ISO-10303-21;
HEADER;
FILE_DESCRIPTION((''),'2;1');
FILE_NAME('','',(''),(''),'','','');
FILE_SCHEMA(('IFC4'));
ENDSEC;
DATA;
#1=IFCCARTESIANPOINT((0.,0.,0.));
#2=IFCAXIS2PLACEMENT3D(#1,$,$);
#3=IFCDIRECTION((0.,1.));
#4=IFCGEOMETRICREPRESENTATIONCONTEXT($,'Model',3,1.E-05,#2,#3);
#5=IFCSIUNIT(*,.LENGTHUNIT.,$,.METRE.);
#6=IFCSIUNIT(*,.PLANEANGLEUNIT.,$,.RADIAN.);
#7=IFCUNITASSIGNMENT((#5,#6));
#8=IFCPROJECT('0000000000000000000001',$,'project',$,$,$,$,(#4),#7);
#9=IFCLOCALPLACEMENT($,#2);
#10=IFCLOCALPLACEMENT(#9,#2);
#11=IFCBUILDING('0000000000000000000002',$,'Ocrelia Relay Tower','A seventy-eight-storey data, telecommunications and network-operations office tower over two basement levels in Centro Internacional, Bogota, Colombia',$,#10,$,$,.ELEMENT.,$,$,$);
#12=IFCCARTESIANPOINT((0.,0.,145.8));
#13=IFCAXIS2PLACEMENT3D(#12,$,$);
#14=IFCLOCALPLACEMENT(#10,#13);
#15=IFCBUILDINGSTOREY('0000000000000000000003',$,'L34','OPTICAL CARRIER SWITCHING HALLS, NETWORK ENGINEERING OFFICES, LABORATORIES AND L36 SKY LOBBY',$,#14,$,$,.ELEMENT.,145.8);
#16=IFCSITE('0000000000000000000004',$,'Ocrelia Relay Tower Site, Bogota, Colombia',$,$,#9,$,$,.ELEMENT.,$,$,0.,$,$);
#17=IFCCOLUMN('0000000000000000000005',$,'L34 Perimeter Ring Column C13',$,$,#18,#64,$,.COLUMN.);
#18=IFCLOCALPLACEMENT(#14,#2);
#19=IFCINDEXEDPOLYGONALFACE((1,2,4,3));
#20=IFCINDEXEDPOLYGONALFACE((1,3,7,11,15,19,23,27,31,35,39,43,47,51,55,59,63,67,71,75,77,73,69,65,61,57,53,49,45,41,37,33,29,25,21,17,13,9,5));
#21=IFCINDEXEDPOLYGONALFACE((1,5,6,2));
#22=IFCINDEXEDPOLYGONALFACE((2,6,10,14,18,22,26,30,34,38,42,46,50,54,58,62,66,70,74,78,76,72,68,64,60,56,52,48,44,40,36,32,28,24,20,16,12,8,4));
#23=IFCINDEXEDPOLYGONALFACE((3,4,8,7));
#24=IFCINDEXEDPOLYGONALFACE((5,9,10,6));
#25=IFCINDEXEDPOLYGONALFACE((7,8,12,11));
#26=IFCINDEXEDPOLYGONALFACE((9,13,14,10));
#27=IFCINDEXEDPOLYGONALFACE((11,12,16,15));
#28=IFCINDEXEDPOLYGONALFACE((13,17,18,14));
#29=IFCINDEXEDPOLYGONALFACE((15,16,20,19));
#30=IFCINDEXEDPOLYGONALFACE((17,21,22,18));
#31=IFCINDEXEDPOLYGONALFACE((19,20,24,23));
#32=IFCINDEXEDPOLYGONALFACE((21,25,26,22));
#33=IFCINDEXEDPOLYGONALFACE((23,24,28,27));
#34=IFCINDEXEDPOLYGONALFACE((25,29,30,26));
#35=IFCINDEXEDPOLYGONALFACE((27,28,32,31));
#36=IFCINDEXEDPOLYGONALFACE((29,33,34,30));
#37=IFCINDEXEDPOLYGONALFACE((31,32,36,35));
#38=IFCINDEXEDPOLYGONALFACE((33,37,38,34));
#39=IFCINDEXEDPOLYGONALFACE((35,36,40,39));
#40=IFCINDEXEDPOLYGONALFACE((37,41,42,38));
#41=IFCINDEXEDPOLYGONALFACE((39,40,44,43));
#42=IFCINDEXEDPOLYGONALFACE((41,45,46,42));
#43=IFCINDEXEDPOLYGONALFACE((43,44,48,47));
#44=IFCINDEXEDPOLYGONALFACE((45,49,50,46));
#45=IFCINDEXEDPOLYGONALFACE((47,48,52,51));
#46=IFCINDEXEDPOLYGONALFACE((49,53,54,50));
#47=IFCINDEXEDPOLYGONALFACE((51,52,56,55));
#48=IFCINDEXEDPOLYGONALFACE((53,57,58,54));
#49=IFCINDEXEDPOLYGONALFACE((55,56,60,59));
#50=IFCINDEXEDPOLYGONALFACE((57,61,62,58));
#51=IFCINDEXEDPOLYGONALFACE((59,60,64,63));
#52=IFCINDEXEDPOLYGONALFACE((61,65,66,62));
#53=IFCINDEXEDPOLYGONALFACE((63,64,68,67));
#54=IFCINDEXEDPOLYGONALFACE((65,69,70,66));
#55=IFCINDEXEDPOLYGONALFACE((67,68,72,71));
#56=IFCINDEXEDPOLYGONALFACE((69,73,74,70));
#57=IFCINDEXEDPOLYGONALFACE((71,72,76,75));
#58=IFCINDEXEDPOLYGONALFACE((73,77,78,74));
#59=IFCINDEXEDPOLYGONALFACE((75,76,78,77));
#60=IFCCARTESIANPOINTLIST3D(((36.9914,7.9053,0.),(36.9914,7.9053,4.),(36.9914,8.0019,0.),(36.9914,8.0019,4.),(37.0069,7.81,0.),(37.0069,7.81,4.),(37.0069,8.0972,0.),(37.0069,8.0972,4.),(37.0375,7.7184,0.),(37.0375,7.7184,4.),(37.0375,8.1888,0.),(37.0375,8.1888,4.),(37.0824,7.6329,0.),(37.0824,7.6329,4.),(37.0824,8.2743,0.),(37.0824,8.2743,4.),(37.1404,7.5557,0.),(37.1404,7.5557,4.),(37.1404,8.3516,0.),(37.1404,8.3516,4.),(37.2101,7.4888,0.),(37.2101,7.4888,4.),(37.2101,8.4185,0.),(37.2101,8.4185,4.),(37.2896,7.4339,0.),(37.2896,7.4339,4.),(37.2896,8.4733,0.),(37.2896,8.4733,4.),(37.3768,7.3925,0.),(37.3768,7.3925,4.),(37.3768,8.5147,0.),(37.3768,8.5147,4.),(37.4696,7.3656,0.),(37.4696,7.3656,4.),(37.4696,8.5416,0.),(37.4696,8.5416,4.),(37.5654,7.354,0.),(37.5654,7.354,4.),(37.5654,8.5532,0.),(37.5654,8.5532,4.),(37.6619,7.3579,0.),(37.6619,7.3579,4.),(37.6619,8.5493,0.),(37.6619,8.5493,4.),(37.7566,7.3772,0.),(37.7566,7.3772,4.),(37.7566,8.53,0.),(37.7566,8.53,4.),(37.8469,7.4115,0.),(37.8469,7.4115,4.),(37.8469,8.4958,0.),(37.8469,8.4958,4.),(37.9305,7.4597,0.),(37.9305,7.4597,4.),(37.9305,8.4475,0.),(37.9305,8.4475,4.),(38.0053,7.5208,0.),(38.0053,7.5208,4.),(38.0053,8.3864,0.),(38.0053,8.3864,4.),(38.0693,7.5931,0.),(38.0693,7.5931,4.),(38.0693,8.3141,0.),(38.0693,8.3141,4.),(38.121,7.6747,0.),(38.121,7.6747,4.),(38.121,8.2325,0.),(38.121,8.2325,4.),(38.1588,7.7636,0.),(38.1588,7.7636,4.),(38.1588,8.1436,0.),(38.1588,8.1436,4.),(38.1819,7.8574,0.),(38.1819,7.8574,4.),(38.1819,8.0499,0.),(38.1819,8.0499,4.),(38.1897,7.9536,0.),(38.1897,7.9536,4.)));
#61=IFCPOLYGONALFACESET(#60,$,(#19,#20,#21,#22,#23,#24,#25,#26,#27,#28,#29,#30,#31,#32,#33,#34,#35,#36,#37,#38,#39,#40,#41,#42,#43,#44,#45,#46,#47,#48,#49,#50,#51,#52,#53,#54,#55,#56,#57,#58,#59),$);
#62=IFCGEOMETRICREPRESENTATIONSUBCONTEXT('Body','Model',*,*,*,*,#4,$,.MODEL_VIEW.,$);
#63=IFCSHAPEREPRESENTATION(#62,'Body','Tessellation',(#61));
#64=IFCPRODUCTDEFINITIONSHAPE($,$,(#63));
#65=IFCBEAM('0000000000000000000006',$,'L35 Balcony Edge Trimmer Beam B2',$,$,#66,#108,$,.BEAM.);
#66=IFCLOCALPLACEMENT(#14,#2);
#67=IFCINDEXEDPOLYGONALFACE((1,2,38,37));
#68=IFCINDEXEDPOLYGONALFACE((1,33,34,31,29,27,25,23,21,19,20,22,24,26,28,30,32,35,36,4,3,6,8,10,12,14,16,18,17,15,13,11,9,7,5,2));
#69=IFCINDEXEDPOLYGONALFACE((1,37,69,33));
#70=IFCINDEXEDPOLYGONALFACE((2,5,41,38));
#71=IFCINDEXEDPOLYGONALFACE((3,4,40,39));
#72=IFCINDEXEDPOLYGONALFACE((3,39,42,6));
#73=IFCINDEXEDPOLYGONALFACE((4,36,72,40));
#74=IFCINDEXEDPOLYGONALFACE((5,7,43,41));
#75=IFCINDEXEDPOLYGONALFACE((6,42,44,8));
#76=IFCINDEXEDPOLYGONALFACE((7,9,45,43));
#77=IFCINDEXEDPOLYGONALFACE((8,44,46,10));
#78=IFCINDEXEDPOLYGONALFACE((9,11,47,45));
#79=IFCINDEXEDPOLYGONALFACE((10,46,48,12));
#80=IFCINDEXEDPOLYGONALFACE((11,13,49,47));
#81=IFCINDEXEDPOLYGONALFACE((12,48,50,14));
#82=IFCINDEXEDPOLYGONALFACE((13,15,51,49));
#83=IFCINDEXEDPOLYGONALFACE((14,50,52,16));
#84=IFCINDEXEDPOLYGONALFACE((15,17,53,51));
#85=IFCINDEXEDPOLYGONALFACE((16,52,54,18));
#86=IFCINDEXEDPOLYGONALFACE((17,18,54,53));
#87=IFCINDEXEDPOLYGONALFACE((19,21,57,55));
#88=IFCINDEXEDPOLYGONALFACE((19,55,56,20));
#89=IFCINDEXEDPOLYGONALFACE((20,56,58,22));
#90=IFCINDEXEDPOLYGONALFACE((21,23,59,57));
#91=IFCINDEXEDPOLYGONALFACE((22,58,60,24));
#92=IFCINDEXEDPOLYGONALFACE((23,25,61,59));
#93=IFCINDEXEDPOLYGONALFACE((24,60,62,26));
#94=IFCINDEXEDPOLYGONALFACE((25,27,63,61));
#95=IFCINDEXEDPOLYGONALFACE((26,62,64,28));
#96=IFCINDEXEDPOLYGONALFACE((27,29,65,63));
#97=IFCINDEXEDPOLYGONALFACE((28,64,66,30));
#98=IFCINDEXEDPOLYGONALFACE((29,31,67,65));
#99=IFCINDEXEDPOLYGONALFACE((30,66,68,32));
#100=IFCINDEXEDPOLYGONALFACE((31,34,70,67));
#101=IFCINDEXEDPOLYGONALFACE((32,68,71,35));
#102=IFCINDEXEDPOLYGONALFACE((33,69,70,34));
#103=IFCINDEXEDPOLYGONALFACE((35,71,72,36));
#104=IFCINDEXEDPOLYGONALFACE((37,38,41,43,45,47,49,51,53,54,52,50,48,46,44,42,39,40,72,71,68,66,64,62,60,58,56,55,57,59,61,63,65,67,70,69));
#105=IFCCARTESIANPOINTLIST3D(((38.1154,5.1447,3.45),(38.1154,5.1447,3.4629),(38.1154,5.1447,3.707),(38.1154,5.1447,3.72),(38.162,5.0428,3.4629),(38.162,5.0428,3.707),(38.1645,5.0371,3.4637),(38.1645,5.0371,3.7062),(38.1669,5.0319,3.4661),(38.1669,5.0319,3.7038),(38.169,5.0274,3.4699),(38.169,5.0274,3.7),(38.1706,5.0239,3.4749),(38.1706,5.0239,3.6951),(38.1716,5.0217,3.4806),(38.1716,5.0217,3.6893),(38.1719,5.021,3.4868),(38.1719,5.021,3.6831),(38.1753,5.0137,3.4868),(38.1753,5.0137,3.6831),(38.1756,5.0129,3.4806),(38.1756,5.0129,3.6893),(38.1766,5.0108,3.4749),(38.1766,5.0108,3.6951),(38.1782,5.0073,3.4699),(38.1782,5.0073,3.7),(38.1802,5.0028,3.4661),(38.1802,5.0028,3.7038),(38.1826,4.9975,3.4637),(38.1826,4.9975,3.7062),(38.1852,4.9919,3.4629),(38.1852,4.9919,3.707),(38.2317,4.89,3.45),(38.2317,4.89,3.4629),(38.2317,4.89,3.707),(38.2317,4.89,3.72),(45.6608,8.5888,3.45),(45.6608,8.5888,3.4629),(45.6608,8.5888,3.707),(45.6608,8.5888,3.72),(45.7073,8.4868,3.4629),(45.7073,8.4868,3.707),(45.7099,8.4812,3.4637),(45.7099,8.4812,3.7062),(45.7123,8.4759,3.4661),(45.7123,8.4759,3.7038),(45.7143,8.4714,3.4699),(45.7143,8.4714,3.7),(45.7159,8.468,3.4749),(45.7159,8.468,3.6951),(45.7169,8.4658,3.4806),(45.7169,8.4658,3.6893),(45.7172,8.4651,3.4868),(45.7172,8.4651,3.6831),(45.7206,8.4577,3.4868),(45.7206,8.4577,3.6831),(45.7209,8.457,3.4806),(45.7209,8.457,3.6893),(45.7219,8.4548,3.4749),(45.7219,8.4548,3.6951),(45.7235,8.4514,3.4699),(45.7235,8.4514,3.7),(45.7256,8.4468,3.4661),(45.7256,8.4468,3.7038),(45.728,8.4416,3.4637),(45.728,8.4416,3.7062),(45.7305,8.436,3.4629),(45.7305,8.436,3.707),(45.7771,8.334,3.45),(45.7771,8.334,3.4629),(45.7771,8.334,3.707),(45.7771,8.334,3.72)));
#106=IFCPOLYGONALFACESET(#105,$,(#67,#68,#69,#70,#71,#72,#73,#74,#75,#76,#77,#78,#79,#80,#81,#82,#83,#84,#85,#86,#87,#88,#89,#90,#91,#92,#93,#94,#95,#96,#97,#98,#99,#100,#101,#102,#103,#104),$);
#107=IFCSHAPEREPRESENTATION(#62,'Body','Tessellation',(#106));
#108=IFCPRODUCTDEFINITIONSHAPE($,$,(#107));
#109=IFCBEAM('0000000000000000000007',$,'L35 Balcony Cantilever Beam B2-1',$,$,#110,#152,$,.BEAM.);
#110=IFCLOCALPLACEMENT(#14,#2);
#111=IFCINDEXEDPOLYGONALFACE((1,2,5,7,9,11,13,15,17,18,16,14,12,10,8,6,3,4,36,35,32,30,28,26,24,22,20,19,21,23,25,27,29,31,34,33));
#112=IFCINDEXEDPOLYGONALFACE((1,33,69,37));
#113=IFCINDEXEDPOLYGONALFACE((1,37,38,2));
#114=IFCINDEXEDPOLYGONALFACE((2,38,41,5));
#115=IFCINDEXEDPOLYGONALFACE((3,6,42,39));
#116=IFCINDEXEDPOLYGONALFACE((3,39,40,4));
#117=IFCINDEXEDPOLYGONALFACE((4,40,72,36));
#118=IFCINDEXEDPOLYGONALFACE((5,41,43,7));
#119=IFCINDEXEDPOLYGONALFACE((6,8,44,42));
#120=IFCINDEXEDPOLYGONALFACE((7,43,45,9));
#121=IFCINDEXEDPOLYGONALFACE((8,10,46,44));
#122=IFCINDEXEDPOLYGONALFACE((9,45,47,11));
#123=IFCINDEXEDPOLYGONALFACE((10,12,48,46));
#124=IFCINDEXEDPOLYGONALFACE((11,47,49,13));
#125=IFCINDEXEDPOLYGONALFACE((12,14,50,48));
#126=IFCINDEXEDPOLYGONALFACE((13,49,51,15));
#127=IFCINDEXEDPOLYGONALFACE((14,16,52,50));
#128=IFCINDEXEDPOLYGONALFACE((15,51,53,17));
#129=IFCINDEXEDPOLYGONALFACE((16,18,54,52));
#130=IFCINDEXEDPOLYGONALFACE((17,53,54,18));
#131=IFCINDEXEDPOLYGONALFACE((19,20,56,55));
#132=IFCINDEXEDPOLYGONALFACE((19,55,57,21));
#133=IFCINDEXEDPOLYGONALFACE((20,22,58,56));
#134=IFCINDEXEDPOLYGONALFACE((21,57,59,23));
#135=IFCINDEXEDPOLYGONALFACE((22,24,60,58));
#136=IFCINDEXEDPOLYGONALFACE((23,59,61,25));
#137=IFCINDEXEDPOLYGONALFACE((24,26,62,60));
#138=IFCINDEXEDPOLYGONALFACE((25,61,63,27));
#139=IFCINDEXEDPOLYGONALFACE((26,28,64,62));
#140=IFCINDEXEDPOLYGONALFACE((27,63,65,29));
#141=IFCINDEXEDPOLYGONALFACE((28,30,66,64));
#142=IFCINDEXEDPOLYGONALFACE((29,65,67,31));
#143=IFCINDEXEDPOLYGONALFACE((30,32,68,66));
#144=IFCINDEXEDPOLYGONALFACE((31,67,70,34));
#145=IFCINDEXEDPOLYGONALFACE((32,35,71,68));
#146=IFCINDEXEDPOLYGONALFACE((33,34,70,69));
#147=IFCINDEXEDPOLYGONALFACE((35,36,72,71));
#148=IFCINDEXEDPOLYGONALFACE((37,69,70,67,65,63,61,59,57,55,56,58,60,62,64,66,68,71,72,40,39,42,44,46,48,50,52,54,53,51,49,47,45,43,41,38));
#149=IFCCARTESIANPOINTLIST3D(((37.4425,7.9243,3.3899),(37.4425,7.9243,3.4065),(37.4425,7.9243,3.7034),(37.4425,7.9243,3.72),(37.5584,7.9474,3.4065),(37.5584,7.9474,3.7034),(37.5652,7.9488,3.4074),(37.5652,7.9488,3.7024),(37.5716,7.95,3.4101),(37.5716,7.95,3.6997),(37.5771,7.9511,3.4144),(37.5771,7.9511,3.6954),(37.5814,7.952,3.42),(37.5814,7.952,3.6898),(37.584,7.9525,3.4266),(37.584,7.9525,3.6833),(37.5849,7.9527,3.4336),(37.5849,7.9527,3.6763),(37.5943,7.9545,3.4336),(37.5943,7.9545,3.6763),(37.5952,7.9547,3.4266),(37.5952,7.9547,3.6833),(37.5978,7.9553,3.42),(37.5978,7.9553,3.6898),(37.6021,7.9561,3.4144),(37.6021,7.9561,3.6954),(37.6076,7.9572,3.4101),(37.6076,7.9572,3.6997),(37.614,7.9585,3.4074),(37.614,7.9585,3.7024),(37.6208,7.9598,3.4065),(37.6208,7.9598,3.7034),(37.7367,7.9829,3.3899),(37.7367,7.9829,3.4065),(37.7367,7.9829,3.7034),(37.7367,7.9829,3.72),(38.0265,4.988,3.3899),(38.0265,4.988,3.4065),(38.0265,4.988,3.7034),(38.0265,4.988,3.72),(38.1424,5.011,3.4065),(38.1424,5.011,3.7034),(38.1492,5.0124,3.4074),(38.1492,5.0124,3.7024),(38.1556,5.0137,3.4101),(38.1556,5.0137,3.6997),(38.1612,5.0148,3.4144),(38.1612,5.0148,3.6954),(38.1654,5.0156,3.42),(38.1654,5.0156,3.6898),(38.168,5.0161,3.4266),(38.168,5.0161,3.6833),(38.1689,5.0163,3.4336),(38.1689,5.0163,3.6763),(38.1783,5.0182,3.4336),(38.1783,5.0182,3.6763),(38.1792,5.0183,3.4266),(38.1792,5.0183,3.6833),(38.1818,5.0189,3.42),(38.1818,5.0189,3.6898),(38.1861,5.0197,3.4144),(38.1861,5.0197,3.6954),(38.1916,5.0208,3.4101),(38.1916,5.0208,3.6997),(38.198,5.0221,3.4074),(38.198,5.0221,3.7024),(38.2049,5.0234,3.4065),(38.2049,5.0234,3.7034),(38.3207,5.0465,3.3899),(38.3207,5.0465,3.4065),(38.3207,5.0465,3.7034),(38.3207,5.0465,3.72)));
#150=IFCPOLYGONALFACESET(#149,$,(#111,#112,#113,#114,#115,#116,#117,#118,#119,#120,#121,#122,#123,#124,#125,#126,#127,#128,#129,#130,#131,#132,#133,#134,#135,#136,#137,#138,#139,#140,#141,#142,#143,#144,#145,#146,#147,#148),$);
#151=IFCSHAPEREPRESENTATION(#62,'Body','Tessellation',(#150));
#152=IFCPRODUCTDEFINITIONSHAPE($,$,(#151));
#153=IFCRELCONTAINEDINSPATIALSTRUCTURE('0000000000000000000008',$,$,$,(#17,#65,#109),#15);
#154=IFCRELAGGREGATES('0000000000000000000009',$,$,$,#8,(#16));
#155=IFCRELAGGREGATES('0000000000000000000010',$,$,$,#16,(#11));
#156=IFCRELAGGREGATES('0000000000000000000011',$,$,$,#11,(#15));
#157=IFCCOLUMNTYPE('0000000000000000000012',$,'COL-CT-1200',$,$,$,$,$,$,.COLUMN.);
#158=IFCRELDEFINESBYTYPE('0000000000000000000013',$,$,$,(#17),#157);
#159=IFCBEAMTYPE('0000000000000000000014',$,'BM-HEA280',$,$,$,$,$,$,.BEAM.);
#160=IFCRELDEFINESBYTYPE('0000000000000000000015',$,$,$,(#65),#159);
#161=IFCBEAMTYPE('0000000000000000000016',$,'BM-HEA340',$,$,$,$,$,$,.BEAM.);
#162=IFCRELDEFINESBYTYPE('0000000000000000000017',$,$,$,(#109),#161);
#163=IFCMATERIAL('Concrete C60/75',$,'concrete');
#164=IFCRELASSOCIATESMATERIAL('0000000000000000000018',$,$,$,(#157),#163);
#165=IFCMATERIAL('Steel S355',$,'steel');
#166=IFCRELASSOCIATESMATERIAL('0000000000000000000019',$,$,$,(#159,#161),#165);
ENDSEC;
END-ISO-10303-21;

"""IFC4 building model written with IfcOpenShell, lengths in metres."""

from ifc_helpers import new_model, si_unit, direction, frame, origin, origin_2d, place, context, subcontext, project, spatial, circle, i_section, extrude, material, material_profile, profile_set, type_object, element, save


model = new_model("IFC4")

# Units and contexts
model_context = context("Model", 3, precision=1e-05, world=origin(), true_north=direction((0.0, 1.0)))
body_context = subcontext(model_context, "Body", "Model", "MODEL_VIEW")
ifc_project = project(units=[si_unit("LENGTHUNIT", "METRE"), si_unit("PLANEANGLEUNIT", "RADIAN")], contexts=[model_context])

# Site, building, storey
site_placement = place(None, origin())
site = spatial("IfcSite", under=ifc_project, at=site_placement, Name="Ocrelia Relay Tower Site, Bogota, Colombia", CompositionType="ELEMENT", RefElevation=0.0)
building_placement = place(site_placement, origin())
building = spatial("IfcBuilding", under=site, at=building_placement, Name="Ocrelia Relay Tower", Description="A seventy-eight-storey data, telecommunications and network-operations office tower over two basement levels in Centro Internacional, Bogota, Colombia", CompositionType="ELEMENT")
storey_placement = place(building_placement, frame((0.0, 0.0, 145.8)))
storey = spatial("IfcBuildingStorey", under=building, at=storey_placement, Name="L34", Description="OPTICAL CARRIER SWITCHING HALLS, NETWORK ENGINEERING OFFICES, LABORATORIES AND L36 SKY LOBBY", CompositionType="ELEMENT", Elevation=145.8)

# Column
ifc_material_1 = material(Name="Concrete C60/75", Category="concrete")
ifc_material_profile_1 = material_profile(ifc_material_1, circle(Radius=0.6001, at=origin_2d()), Name="RC-CIR-1200")
ifc_profile_set_1 = profile_set([ifc_material_profile_1], Name="Concrete C60/75")
column_type = type_object("IfcColumnType", Name="COL-CT-1200", PredefinedType="COLUMN", material=ifc_profile_set_1)
column_placement = place(storey_placement, frame((37.5896, 7.9536, 0.0), z_axis=(0.0, 0.0, 1.0), x_axis=(1.0, 0.0, 0.0)))
element("IfcColumn", 1, at=column_placement, inside=storey, type_object=column_type, Name="L34 Perimeter Ring Column C13", PredefinedType="COLUMN", context=body_context, shape_type="SweptSolid", body=[
    extrude(circle(Radius=0.6001, at=origin_2d()), origin(), (0.0, 0.0, 1.0), 4.0),
])

# Beams
ifc_material_2 = material(Name="Steel S355", Category="steel")
ifc_material_profile_2 = material_profile(ifc_material_2, i_section(OverallWidth=0.28, OverallDepth=0.27, WebThickness=0.0081, FlangeThickness=0.0129, FilletRadius=0.0239, at=origin_2d()), Name="HEA 280")
ifc_profile_set_2 = profile_set([ifc_material_profile_2], Name="Steel S355")
beam_type_1 = type_object("IfcBeamType", Name="BM-HEA280", PredefinedType="BEAM", material=ifc_profile_set_2)
beam_1_placement = place(storey_placement, frame((38.1736, 5.0173, 3.585), z_axis=(0.909713, 0.415237, 0.0), x_axis=(-0.415237, 0.909713, 0.0)))
element("IfcBeam", 2, at=beam_1_placement, inside=storey, type_object=beam_type_1, Name="L35 Balcony Edge Trimmer Beam B2", PredefinedType="BEAM", context=body_context, shape_type="SweptSolid", body=[
    extrude(i_section(OverallWidth=0.28, OverallDepth=0.27, WebThickness=0.0081, FlangeThickness=0.0129, FilletRadius=0.0239, at=origin_2d()), origin(), (0.0, 0.0, 1.0), 8.2942),
])
ifc_material_profile_3 = material_profile(ifc_material_2, i_section(OverallWidth=0.3, OverallDepth=0.3301, WebThickness=0.0095, FlangeThickness=0.0166, FilletRadius=0.0271, at=origin_2d()), Name="HEA 340")
ifc_profile_set_3 = profile_set([ifc_material_profile_3], Name="Steel S355")
beam_type_2 = type_object("IfcBeamType", Name="BM-HEA340", PredefinedType="BEAM", material=ifc_profile_set_3)
beam_2_placement = place(storey_placement, frame((37.5896, 7.9536, 3.5549), z_axis=(0.195065, -0.98079, 0.0), x_axis=(0.98079, 0.195065, 0.0)))
element("IfcBeam", 3, at=beam_2_placement, inside=storey, type_object=beam_type_2, Name="L35 Balcony Cantilever Beam B2-1", PredefinedType="BEAM", context=body_context, shape_type="SweptSolid", body=[
    extrude(i_section(OverallWidth=0.3, OverallDepth=0.3301, WebThickness=0.0095, FlangeThickness=0.0166, FilletRadius=0.0271, at=origin_2d()), origin(), (0.0, 0.0, 1.0), 2.9939),
])

save(model, "model.ifc")
